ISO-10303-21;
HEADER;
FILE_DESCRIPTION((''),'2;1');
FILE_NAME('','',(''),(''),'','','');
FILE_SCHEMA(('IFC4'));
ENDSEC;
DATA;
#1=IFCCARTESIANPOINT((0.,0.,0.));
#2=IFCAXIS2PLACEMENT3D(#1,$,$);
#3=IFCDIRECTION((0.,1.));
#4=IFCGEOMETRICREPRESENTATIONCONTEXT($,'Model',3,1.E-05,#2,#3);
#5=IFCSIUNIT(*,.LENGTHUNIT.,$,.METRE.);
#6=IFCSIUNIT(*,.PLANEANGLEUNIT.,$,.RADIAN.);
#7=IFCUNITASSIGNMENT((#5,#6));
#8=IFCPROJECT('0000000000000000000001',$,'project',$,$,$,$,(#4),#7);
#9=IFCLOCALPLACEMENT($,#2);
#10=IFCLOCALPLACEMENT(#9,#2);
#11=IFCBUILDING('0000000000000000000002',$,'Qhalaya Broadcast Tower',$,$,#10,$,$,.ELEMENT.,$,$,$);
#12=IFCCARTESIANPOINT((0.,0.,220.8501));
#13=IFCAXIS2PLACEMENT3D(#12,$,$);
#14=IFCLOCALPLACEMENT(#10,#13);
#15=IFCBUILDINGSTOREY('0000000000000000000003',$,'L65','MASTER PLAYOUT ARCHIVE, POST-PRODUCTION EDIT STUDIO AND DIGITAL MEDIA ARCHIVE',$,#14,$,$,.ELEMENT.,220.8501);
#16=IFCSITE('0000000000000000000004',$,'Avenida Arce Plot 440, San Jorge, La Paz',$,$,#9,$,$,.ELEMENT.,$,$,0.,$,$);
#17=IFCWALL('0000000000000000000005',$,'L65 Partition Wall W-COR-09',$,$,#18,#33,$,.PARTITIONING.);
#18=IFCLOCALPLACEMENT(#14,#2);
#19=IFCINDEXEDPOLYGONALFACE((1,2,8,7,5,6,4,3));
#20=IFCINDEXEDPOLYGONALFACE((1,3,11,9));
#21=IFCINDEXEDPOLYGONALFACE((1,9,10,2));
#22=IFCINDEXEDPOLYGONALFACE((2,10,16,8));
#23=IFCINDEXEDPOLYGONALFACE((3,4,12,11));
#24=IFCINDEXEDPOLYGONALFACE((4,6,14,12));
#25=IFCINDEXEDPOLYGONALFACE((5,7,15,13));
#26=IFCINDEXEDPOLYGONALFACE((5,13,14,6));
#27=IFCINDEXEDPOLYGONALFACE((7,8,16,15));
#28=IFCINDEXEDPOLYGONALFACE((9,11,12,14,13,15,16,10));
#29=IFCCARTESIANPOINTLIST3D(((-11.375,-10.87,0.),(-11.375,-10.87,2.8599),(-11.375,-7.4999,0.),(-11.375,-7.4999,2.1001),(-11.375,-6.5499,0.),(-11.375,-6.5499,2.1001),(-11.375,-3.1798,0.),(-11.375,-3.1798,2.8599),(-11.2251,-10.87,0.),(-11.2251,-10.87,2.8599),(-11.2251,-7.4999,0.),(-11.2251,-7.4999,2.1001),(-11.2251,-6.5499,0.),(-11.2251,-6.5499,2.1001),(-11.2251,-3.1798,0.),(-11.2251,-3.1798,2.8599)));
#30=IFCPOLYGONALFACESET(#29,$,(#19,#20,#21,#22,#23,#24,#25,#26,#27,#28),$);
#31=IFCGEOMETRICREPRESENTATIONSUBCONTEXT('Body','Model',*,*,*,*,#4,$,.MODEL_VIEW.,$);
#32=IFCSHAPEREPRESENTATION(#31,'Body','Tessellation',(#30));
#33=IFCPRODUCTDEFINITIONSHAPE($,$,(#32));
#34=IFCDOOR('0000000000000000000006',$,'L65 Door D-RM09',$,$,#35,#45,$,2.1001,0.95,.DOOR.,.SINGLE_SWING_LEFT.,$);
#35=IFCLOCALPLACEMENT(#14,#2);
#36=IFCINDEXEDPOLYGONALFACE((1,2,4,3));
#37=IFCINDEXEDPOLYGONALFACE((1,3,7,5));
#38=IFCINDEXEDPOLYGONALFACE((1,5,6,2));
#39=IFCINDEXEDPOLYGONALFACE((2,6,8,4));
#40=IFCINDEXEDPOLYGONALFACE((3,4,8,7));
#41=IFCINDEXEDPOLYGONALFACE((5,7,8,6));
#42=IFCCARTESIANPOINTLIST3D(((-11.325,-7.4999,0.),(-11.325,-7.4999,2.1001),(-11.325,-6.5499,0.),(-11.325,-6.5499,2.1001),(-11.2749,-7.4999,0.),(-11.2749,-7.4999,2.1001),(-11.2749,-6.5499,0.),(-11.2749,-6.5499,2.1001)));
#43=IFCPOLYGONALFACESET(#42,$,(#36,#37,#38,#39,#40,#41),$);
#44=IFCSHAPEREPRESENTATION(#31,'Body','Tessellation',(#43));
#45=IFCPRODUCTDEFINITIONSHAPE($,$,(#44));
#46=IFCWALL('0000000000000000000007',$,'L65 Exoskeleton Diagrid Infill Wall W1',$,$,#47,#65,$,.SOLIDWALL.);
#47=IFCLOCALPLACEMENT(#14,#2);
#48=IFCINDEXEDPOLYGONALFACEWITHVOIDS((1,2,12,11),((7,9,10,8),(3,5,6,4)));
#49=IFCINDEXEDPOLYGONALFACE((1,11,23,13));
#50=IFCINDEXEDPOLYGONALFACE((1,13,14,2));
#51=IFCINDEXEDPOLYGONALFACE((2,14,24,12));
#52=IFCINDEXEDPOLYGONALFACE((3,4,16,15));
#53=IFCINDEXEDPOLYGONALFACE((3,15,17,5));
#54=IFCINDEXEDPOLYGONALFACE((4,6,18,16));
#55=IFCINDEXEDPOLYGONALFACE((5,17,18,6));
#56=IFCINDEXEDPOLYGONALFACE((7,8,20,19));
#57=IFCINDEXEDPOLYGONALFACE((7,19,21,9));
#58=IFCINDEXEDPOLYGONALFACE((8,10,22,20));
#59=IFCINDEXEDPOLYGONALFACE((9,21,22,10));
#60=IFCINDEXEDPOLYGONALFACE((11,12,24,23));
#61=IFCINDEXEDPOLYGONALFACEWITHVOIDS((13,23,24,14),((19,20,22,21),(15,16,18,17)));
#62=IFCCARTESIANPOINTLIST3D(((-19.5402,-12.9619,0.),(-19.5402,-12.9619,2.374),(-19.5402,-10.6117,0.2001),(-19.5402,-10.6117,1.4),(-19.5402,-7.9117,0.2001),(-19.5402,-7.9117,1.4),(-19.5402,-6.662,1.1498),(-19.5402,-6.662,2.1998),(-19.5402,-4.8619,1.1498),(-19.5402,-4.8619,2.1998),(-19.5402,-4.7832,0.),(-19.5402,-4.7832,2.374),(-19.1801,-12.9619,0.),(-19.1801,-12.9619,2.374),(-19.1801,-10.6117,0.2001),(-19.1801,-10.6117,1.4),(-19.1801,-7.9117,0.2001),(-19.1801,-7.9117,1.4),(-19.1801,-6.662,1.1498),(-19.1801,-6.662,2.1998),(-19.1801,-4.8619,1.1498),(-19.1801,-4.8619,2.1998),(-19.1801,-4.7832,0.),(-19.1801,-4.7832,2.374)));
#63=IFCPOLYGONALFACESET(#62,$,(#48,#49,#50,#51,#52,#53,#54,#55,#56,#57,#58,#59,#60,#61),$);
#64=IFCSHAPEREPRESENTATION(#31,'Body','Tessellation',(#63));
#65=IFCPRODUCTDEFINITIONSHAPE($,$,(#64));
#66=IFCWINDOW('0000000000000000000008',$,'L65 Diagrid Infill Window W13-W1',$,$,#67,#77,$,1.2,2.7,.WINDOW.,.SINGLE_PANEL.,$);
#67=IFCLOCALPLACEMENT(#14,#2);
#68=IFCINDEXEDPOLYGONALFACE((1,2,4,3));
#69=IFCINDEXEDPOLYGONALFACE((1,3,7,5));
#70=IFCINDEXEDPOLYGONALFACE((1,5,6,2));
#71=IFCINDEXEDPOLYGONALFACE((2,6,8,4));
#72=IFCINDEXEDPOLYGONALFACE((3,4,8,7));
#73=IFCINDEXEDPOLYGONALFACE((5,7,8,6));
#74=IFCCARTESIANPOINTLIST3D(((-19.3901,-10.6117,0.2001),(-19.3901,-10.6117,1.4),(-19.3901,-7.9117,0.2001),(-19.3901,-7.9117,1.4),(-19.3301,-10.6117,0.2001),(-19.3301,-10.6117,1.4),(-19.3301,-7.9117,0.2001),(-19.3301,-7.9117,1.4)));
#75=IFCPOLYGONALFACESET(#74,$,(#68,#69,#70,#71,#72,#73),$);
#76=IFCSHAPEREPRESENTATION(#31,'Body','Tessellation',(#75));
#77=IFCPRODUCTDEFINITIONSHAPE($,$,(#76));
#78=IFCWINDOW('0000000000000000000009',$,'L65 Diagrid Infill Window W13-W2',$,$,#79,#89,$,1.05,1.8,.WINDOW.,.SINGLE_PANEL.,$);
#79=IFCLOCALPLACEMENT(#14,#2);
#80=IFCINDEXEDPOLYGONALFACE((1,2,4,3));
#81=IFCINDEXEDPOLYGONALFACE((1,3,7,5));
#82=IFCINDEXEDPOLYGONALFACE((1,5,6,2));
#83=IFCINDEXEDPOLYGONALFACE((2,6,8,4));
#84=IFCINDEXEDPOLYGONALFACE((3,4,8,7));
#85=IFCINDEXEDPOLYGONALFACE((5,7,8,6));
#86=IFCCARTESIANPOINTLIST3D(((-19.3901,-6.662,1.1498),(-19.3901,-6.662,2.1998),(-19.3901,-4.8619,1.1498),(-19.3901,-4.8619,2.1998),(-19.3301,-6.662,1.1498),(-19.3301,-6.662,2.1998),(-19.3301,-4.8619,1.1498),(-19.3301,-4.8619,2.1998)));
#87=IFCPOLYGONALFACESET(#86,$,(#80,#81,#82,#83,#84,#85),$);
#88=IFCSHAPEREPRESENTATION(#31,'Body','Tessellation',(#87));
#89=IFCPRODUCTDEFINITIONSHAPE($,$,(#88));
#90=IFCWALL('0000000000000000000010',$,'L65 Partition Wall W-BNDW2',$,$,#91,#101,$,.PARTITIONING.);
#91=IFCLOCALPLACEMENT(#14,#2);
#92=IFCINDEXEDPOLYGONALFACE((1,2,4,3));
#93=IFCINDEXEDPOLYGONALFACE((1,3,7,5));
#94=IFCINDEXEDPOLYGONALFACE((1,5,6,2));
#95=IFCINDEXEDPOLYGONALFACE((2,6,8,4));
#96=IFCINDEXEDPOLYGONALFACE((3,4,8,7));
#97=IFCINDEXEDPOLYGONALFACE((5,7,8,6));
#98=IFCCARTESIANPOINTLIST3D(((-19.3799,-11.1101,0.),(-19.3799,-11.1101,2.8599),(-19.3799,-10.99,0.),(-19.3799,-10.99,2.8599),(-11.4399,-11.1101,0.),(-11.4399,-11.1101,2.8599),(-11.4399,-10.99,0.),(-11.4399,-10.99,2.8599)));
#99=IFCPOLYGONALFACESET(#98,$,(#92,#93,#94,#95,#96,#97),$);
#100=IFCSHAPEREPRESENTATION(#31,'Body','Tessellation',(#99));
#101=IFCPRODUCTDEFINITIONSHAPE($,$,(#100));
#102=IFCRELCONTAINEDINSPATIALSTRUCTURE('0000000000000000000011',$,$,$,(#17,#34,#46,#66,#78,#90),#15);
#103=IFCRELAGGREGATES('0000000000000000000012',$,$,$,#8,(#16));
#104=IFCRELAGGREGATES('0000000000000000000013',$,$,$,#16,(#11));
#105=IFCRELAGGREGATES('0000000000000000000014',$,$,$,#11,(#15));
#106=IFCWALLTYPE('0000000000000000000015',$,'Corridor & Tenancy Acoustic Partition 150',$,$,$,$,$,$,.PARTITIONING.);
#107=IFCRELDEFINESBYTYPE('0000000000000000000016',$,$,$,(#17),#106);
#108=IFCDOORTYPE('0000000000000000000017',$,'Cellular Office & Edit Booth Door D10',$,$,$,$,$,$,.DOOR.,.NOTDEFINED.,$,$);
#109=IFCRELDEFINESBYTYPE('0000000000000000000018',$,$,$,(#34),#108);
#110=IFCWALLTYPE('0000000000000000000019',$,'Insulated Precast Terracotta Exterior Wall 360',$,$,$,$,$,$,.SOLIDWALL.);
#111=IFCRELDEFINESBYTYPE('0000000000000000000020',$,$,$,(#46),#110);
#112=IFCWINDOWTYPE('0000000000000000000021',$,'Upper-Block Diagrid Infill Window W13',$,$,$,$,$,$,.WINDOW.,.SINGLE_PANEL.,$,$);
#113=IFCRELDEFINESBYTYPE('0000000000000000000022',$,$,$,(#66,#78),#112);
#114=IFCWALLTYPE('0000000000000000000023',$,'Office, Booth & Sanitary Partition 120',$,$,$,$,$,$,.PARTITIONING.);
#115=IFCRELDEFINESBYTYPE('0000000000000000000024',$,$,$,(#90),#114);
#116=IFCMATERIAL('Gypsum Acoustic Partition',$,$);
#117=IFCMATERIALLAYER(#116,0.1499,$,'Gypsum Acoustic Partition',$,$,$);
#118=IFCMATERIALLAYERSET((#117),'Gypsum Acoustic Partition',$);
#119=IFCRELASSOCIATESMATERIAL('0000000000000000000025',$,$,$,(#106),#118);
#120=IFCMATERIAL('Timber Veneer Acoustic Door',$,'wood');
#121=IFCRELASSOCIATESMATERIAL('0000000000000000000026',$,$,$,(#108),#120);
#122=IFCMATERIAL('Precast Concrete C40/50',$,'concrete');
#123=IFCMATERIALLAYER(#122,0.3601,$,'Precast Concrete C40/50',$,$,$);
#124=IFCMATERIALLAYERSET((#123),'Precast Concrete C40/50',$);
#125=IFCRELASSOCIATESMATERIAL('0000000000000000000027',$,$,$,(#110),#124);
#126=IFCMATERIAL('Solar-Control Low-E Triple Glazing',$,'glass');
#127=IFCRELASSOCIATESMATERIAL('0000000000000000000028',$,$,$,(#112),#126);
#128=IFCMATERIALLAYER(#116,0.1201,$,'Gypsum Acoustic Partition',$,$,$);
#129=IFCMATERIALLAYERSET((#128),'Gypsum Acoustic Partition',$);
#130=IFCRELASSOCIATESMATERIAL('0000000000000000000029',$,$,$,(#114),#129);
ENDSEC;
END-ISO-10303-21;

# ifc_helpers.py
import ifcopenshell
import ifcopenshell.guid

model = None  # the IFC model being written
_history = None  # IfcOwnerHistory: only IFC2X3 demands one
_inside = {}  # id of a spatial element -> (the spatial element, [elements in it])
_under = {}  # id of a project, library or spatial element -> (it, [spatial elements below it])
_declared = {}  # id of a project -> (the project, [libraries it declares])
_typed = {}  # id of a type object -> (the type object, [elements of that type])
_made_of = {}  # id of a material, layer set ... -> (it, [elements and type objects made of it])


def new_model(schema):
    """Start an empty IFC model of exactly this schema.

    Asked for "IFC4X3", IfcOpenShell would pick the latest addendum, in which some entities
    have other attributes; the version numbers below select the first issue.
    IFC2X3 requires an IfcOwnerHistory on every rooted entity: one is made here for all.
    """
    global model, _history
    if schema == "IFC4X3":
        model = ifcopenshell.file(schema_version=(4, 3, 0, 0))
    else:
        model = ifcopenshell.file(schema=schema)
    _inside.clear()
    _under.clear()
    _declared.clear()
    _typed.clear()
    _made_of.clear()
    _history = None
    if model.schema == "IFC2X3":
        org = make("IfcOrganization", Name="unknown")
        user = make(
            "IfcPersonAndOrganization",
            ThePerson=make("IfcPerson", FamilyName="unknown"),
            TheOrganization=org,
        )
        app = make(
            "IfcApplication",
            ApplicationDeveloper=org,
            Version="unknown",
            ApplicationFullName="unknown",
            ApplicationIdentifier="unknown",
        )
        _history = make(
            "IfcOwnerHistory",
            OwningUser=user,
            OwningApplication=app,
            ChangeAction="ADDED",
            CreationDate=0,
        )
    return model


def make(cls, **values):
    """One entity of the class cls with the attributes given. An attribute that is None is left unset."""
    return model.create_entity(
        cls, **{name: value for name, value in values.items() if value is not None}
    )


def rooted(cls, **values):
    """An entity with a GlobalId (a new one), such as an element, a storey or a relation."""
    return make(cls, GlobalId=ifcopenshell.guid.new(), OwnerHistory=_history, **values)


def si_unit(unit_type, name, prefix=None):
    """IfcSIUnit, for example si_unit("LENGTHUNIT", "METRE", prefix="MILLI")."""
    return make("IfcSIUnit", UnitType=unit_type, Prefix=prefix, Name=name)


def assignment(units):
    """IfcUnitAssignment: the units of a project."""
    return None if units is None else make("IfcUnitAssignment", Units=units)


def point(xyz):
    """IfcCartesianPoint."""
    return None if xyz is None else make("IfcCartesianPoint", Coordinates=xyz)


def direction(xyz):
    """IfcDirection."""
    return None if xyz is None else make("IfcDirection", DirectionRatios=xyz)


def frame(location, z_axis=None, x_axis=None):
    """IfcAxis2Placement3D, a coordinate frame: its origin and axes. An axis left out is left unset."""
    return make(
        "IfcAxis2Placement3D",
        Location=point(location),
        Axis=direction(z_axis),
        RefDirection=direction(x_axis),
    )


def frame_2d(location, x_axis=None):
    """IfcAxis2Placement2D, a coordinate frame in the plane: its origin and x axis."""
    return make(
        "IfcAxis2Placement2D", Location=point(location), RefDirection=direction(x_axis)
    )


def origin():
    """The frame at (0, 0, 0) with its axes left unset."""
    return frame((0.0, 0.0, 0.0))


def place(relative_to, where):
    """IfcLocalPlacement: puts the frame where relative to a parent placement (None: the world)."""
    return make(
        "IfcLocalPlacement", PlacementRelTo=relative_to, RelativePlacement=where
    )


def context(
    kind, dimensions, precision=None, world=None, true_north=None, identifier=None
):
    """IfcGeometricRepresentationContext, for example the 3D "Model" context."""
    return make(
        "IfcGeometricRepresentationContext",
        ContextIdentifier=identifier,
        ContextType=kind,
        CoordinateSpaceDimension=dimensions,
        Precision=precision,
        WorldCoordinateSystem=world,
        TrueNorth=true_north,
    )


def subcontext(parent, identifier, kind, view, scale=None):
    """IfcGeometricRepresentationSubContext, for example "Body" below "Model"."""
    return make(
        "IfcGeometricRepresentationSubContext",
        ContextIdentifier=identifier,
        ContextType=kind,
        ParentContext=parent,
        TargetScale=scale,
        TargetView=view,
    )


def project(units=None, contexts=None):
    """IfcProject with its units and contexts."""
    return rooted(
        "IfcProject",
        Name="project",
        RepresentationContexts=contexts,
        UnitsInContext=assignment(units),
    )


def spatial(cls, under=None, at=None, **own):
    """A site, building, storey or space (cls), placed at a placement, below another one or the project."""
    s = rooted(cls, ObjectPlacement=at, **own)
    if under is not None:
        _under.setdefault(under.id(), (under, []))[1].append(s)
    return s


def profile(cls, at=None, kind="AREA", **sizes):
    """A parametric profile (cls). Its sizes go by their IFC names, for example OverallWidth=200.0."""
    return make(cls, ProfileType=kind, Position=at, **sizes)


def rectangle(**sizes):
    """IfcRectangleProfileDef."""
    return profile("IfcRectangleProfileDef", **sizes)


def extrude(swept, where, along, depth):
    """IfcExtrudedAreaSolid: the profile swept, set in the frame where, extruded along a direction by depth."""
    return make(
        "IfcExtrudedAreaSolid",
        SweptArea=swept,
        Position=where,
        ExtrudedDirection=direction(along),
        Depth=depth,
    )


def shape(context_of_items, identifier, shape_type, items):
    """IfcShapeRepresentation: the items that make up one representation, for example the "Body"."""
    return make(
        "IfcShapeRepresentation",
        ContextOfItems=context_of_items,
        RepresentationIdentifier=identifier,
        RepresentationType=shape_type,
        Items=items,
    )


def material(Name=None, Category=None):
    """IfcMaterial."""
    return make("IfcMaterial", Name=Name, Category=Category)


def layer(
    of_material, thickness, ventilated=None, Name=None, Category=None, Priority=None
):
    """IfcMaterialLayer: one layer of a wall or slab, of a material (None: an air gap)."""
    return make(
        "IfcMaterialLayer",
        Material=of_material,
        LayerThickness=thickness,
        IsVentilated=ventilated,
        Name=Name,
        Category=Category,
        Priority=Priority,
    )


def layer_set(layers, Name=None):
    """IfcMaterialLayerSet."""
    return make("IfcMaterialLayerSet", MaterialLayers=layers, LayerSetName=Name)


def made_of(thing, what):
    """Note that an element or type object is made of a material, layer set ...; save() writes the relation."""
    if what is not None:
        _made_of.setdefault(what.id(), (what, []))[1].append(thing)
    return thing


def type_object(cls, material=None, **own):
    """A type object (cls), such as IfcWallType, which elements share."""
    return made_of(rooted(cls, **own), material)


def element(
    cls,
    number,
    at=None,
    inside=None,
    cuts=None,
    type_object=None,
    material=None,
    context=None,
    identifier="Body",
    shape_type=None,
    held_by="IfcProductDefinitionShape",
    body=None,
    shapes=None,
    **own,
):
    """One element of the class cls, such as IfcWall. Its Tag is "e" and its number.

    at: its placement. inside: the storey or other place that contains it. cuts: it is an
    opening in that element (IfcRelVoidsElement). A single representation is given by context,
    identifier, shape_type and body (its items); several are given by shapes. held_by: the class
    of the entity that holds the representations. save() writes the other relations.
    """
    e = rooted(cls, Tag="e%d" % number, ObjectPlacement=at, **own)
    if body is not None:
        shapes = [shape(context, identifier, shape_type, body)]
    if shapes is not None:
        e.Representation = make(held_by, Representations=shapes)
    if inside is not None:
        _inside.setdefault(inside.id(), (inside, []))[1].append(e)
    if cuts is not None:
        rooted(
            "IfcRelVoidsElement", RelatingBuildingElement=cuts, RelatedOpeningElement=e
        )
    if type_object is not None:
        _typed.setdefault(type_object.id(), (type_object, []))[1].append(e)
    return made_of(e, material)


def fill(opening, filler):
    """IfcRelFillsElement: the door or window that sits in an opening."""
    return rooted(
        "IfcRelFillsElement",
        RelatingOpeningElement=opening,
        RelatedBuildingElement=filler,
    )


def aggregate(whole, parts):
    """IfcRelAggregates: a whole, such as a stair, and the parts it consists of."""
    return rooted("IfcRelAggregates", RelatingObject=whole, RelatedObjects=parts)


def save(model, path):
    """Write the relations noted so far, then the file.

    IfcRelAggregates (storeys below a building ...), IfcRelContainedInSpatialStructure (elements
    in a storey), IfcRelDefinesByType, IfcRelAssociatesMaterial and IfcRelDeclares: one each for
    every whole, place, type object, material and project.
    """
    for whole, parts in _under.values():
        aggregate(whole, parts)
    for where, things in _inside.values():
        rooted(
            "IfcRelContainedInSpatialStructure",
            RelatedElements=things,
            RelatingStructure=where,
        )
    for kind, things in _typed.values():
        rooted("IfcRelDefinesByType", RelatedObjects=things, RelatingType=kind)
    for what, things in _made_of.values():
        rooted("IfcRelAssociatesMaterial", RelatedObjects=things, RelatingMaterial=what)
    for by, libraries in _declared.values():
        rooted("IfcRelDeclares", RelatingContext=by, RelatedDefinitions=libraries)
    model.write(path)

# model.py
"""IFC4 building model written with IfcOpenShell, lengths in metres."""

from ifc_helpers import new_model, si_unit, direction, frame, frame_2d, origin, place, context, subcontext, project, spatial, rectangle, extrude, material, layer, layer_set, type_object, element, fill, save


model = new_model("IFC4")

# Units and contexts
model_context = context("Model", 3, precision=1e-05, world=origin(), true_north=direction((0.0, 1.0)))
body_context = subcontext(model_context, "Body", "Model", "MODEL_VIEW")
ifc_project = project(units=[si_unit("LENGTHUNIT", "METRE"), si_unit("PLANEANGLEUNIT", "RADIAN")], contexts=[model_context])

# Site, building, storey
site_placement = place(None, origin())
site = spatial("IfcSite", under=ifc_project, at=site_placement, Name="Avenida Arce Plot 440, San Jorge, La Paz", CompositionType="ELEMENT", RefElevation=0.0)
building_placement = place(site_placement, origin())
building = spatial("IfcBuilding", under=site, at=building_placement, Name="Qhalaya Broadcast Tower", CompositionType="ELEMENT")
storey_placement = place(building_placement, frame((0.0, 0.0, 220.8501)))
storey = spatial("IfcBuildingStorey", under=building, at=storey_placement, Name="L65", Description="MASTER PLAYOUT ARCHIVE, POST-PRODUCTION EDIT STUDIO AND DIGITAL MEDIA ARCHIVE", CompositionType="ELEMENT", Elevation=220.8501)

# Wall, opening, door
ifc_material_1 = material(Name="Gypsum Acoustic Partition")
ifc_layer_1 = layer(ifc_material_1, 0.1499, Name="Gypsum Acoustic Partition")
ifc_layer_set_1 = layer_set([ifc_layer_1], Name="Gypsum Acoustic Partition")
wall_type_1 = type_object("IfcWallType", Name="Corridor & Tenancy Acoustic Partition 150", PredefinedType="PARTITIONING", material=ifc_layer_set_1)
ifc_material_2 = material(Name="Timber Veneer Acoustic Door", Category="wood")
door_type = type_object("IfcDoorType", Name="Cellular Office & Edit Booth Door D10", OperationType="NOTDEFINED", PredefinedType="DOOR", material=ifc_material_2)
wall_1_placement = place(storey_placement, frame((-11.3, -10.8701, 0.0), z_axis=(0.0, 0.0, 1.0), x_axis=(0.0, 1.0, 0.0)))
wall_1 = element("IfcWall", 1, at=wall_1_placement, inside=storey, type_object=wall_type_1, Name="L65 Partition Wall W-COR-09", PredefinedType="PARTITIONING", context=body_context, shape_type="SweptSolid", body=[
    extrude(rectangle(XDim=7.6902, YDim=0.1499, at=frame_2d((3.8452, 0.0))), origin(), (0.0, 0.0, 1.0), 2.8599),
])
opening_1_placement = place(wall_1_placement, frame((3.3701, 0.0, 0.0)))
opening_1 = element("IfcOpeningElement", 2, at=opening_1_placement, cuts=wall_1, PredefinedType="OPENING", context=body_context, shape_type="SweptSolid", body=[
    extrude(rectangle(XDim=0.95, YDim=2.1001, at=frame_2d((0.4751, 1.05))), frame((0.0, 0.0869, 0.0), z_axis=(0.0, -1.0, 0.0), x_axis=(1.0, 0.0, 0.0)), (0.0, 0.0, 1.0), 0.1738),
])
door_1_placement = place(opening_1_placement, origin())
door_1 = element("IfcDoor", 3, at=door_1_placement, inside=storey, type_object=door_type, Name="L65 Door D-RM09", OperationType="SINGLE_SWING_LEFT", OverallHeight=2.1001, OverallWidth=0.95, PredefinedType="DOOR", context=body_context, shape_type="SweptSolid", body=[
    extrude(rectangle(XDim=0.95, YDim=2.1001, at=frame_2d((0.4751, 1.05))), frame((0.0, 0.0249, 0.0), z_axis=(0.0, -1.0, 0.0), x_axis=(1.0, 0.0, 0.0)), (0.0, 0.0, 1.0), 0.05),
])
fill(opening_1, door_1)

# Wall, openings, windows
ifc_material_3 = material(Name="Precast Concrete C40/50", Category="concrete")
ifc_layer_2 = layer(ifc_material_3, 0.3601, Name="Precast Concrete C40/50")
ifc_layer_set_2 = layer_set([ifc_layer_2], Name="Precast Concrete C40/50")
wall_type_2 = type_object("IfcWallType", Name="Insulated Precast Terracotta Exterior Wall 360", PredefinedType="SOLIDWALL", material=ifc_layer_set_2)
wall_2_placement = place(storey_placement, frame((-19.3601, -12.9619, 0.0), z_axis=(0.0, 0.0, 1.0), x_axis=(0.0, 1.0, 0.0)))
wall_2 = element("IfcWall", 4, at=wall_2_placement, inside=storey, type_object=wall_type_2, Name="L65 Exoskeleton Diagrid Infill Wall W1", PredefinedType="SOLIDWALL", context=body_context, shape_type="SweptSolid", body=[
    extrude(rectangle(XDim=8.1787, YDim=0.3601, at=frame_2d((4.0894, 0.0))), origin(), (0.0, 0.0, 1.0), 2.374),
])
opening_2_placement = place(wall_2_placement, frame((2.3501, 0.0, 0.2)))
opening_2 = element("IfcOpeningElement", 5, at=opening_2_placement, cuts=wall_2, PredefinedType="OPENING", context=body_context, shape_type="SweptSolid", body=[
    extrude(rectangle(XDim=2.7, YDim=1.2, at=frame_2d((1.3501, 0.6001))), frame((0.0, 0.1921, 0.0), z_axis=(0.0, -1.0, 0.0), x_axis=(1.0, 0.0, 0.0)), (0.0, 0.0, 1.0), 0.384),
])
opening_3_placement = place(wall_2_placement, frame((6.3, 0.0, 1.1499)))
opening_3 = element("IfcOpeningElement", 6, at=opening_3_placement, cuts=wall_2, PredefinedType="OPENING", context=body_context, shape_type="SweptSolid", body=[
    extrude(rectangle(XDim=1.8, YDim=1.05, at=frame_2d((0.8999, 0.5249))), frame((0.0, 0.1921, 0.0), z_axis=(0.0, -1.0, 0.0), x_axis=(1.0, 0.0, 0.0)), (0.0, 0.0, 1.0), 0.384),
])
ifc_material_4 = material(Name="Solar-Control Low-E Triple Glazing", Category="glass")
window_type = type_object("IfcWindowType", Name="Upper-Block Diagrid Infill Window W13", PartitioningType="SINGLE_PANEL", PredefinedType="WINDOW", material=ifc_material_4)
window_1_placement = place(opening_2_placement, origin())
window_1 = element("IfcWindow", 7, at=window_1_placement, inside=storey, type_object=window_type, Name="L65 Diagrid Infill Window W13-W1", OverallHeight=1.2, OverallWidth=2.7, PartitioningType="SINGLE_PANEL", PredefinedType="WINDOW", context=body_context, shape_type="SweptSolid", body=[
    extrude(rectangle(XDim=2.7, YDim=1.2, at=frame_2d((1.3501, 0.6001))), frame((0.0, 0.03, 0.0), z_axis=(0.0, -1.0, 0.0), x_axis=(1.0, 0.0, 0.0)), (0.0, 0.0, 1.0), 0.0601),
])
fill(opening_2, window_1)
window_2_placement = place(opening_3_placement, origin())
window_2 = element("IfcWindow", 8, at=window_2_placement, inside=storey, type_object=window_type, Name="L65 Diagrid Infill Window W13-W2", OverallHeight=1.05, OverallWidth=1.8, PartitioningType="SINGLE_PANEL", PredefinedType="WINDOW", context=body_context, shape_type="SweptSolid", body=[
    extrude(rectangle(XDim=1.8, YDim=1.05, at=frame_2d((0.8999, 0.5249))), frame((0.0, 0.03, 0.0), z_axis=(0.0, -1.0, 0.0), x_axis=(1.0, 0.0, 0.0)), (0.0, 0.0, 1.0), 0.0601),
])
fill(opening_3, window_2)

# Wall
ifc_layer_3 = layer(ifc_material_1, 0.1201, Name="Gypsum Acoustic Partition")
ifc_layer_set_3 = layer_set([ifc_layer_3], Name="Gypsum Acoustic Partition")
wall_type_3 = type_object("IfcWallType", Name="Office, Booth & Sanitary Partition 120", PredefinedType="PARTITIONING", material=ifc_layer_set_3)
wall_3_placement = place(storey_placement, frame((-19.3799, -11.05, 0.0), z_axis=(0.0, 0.0, 1.0), x_axis=(1.0, 0.0, 0.0)))
element("IfcWall", 9, at=wall_3_placement, inside=storey, type_object=wall_type_3, Name="L65 Partition Wall W-BNDW2", PredefinedType="PARTITIONING", context=body_context, shape_type="SweptSolid", body=[
    extrude(rectangle(XDim=7.9399, YDim=0.1201, at=frame_2d((3.97, 0.0))), origin(), (0.0, 0.0, 1.0), 2.8599),
])

save(model, "model.ifc")
